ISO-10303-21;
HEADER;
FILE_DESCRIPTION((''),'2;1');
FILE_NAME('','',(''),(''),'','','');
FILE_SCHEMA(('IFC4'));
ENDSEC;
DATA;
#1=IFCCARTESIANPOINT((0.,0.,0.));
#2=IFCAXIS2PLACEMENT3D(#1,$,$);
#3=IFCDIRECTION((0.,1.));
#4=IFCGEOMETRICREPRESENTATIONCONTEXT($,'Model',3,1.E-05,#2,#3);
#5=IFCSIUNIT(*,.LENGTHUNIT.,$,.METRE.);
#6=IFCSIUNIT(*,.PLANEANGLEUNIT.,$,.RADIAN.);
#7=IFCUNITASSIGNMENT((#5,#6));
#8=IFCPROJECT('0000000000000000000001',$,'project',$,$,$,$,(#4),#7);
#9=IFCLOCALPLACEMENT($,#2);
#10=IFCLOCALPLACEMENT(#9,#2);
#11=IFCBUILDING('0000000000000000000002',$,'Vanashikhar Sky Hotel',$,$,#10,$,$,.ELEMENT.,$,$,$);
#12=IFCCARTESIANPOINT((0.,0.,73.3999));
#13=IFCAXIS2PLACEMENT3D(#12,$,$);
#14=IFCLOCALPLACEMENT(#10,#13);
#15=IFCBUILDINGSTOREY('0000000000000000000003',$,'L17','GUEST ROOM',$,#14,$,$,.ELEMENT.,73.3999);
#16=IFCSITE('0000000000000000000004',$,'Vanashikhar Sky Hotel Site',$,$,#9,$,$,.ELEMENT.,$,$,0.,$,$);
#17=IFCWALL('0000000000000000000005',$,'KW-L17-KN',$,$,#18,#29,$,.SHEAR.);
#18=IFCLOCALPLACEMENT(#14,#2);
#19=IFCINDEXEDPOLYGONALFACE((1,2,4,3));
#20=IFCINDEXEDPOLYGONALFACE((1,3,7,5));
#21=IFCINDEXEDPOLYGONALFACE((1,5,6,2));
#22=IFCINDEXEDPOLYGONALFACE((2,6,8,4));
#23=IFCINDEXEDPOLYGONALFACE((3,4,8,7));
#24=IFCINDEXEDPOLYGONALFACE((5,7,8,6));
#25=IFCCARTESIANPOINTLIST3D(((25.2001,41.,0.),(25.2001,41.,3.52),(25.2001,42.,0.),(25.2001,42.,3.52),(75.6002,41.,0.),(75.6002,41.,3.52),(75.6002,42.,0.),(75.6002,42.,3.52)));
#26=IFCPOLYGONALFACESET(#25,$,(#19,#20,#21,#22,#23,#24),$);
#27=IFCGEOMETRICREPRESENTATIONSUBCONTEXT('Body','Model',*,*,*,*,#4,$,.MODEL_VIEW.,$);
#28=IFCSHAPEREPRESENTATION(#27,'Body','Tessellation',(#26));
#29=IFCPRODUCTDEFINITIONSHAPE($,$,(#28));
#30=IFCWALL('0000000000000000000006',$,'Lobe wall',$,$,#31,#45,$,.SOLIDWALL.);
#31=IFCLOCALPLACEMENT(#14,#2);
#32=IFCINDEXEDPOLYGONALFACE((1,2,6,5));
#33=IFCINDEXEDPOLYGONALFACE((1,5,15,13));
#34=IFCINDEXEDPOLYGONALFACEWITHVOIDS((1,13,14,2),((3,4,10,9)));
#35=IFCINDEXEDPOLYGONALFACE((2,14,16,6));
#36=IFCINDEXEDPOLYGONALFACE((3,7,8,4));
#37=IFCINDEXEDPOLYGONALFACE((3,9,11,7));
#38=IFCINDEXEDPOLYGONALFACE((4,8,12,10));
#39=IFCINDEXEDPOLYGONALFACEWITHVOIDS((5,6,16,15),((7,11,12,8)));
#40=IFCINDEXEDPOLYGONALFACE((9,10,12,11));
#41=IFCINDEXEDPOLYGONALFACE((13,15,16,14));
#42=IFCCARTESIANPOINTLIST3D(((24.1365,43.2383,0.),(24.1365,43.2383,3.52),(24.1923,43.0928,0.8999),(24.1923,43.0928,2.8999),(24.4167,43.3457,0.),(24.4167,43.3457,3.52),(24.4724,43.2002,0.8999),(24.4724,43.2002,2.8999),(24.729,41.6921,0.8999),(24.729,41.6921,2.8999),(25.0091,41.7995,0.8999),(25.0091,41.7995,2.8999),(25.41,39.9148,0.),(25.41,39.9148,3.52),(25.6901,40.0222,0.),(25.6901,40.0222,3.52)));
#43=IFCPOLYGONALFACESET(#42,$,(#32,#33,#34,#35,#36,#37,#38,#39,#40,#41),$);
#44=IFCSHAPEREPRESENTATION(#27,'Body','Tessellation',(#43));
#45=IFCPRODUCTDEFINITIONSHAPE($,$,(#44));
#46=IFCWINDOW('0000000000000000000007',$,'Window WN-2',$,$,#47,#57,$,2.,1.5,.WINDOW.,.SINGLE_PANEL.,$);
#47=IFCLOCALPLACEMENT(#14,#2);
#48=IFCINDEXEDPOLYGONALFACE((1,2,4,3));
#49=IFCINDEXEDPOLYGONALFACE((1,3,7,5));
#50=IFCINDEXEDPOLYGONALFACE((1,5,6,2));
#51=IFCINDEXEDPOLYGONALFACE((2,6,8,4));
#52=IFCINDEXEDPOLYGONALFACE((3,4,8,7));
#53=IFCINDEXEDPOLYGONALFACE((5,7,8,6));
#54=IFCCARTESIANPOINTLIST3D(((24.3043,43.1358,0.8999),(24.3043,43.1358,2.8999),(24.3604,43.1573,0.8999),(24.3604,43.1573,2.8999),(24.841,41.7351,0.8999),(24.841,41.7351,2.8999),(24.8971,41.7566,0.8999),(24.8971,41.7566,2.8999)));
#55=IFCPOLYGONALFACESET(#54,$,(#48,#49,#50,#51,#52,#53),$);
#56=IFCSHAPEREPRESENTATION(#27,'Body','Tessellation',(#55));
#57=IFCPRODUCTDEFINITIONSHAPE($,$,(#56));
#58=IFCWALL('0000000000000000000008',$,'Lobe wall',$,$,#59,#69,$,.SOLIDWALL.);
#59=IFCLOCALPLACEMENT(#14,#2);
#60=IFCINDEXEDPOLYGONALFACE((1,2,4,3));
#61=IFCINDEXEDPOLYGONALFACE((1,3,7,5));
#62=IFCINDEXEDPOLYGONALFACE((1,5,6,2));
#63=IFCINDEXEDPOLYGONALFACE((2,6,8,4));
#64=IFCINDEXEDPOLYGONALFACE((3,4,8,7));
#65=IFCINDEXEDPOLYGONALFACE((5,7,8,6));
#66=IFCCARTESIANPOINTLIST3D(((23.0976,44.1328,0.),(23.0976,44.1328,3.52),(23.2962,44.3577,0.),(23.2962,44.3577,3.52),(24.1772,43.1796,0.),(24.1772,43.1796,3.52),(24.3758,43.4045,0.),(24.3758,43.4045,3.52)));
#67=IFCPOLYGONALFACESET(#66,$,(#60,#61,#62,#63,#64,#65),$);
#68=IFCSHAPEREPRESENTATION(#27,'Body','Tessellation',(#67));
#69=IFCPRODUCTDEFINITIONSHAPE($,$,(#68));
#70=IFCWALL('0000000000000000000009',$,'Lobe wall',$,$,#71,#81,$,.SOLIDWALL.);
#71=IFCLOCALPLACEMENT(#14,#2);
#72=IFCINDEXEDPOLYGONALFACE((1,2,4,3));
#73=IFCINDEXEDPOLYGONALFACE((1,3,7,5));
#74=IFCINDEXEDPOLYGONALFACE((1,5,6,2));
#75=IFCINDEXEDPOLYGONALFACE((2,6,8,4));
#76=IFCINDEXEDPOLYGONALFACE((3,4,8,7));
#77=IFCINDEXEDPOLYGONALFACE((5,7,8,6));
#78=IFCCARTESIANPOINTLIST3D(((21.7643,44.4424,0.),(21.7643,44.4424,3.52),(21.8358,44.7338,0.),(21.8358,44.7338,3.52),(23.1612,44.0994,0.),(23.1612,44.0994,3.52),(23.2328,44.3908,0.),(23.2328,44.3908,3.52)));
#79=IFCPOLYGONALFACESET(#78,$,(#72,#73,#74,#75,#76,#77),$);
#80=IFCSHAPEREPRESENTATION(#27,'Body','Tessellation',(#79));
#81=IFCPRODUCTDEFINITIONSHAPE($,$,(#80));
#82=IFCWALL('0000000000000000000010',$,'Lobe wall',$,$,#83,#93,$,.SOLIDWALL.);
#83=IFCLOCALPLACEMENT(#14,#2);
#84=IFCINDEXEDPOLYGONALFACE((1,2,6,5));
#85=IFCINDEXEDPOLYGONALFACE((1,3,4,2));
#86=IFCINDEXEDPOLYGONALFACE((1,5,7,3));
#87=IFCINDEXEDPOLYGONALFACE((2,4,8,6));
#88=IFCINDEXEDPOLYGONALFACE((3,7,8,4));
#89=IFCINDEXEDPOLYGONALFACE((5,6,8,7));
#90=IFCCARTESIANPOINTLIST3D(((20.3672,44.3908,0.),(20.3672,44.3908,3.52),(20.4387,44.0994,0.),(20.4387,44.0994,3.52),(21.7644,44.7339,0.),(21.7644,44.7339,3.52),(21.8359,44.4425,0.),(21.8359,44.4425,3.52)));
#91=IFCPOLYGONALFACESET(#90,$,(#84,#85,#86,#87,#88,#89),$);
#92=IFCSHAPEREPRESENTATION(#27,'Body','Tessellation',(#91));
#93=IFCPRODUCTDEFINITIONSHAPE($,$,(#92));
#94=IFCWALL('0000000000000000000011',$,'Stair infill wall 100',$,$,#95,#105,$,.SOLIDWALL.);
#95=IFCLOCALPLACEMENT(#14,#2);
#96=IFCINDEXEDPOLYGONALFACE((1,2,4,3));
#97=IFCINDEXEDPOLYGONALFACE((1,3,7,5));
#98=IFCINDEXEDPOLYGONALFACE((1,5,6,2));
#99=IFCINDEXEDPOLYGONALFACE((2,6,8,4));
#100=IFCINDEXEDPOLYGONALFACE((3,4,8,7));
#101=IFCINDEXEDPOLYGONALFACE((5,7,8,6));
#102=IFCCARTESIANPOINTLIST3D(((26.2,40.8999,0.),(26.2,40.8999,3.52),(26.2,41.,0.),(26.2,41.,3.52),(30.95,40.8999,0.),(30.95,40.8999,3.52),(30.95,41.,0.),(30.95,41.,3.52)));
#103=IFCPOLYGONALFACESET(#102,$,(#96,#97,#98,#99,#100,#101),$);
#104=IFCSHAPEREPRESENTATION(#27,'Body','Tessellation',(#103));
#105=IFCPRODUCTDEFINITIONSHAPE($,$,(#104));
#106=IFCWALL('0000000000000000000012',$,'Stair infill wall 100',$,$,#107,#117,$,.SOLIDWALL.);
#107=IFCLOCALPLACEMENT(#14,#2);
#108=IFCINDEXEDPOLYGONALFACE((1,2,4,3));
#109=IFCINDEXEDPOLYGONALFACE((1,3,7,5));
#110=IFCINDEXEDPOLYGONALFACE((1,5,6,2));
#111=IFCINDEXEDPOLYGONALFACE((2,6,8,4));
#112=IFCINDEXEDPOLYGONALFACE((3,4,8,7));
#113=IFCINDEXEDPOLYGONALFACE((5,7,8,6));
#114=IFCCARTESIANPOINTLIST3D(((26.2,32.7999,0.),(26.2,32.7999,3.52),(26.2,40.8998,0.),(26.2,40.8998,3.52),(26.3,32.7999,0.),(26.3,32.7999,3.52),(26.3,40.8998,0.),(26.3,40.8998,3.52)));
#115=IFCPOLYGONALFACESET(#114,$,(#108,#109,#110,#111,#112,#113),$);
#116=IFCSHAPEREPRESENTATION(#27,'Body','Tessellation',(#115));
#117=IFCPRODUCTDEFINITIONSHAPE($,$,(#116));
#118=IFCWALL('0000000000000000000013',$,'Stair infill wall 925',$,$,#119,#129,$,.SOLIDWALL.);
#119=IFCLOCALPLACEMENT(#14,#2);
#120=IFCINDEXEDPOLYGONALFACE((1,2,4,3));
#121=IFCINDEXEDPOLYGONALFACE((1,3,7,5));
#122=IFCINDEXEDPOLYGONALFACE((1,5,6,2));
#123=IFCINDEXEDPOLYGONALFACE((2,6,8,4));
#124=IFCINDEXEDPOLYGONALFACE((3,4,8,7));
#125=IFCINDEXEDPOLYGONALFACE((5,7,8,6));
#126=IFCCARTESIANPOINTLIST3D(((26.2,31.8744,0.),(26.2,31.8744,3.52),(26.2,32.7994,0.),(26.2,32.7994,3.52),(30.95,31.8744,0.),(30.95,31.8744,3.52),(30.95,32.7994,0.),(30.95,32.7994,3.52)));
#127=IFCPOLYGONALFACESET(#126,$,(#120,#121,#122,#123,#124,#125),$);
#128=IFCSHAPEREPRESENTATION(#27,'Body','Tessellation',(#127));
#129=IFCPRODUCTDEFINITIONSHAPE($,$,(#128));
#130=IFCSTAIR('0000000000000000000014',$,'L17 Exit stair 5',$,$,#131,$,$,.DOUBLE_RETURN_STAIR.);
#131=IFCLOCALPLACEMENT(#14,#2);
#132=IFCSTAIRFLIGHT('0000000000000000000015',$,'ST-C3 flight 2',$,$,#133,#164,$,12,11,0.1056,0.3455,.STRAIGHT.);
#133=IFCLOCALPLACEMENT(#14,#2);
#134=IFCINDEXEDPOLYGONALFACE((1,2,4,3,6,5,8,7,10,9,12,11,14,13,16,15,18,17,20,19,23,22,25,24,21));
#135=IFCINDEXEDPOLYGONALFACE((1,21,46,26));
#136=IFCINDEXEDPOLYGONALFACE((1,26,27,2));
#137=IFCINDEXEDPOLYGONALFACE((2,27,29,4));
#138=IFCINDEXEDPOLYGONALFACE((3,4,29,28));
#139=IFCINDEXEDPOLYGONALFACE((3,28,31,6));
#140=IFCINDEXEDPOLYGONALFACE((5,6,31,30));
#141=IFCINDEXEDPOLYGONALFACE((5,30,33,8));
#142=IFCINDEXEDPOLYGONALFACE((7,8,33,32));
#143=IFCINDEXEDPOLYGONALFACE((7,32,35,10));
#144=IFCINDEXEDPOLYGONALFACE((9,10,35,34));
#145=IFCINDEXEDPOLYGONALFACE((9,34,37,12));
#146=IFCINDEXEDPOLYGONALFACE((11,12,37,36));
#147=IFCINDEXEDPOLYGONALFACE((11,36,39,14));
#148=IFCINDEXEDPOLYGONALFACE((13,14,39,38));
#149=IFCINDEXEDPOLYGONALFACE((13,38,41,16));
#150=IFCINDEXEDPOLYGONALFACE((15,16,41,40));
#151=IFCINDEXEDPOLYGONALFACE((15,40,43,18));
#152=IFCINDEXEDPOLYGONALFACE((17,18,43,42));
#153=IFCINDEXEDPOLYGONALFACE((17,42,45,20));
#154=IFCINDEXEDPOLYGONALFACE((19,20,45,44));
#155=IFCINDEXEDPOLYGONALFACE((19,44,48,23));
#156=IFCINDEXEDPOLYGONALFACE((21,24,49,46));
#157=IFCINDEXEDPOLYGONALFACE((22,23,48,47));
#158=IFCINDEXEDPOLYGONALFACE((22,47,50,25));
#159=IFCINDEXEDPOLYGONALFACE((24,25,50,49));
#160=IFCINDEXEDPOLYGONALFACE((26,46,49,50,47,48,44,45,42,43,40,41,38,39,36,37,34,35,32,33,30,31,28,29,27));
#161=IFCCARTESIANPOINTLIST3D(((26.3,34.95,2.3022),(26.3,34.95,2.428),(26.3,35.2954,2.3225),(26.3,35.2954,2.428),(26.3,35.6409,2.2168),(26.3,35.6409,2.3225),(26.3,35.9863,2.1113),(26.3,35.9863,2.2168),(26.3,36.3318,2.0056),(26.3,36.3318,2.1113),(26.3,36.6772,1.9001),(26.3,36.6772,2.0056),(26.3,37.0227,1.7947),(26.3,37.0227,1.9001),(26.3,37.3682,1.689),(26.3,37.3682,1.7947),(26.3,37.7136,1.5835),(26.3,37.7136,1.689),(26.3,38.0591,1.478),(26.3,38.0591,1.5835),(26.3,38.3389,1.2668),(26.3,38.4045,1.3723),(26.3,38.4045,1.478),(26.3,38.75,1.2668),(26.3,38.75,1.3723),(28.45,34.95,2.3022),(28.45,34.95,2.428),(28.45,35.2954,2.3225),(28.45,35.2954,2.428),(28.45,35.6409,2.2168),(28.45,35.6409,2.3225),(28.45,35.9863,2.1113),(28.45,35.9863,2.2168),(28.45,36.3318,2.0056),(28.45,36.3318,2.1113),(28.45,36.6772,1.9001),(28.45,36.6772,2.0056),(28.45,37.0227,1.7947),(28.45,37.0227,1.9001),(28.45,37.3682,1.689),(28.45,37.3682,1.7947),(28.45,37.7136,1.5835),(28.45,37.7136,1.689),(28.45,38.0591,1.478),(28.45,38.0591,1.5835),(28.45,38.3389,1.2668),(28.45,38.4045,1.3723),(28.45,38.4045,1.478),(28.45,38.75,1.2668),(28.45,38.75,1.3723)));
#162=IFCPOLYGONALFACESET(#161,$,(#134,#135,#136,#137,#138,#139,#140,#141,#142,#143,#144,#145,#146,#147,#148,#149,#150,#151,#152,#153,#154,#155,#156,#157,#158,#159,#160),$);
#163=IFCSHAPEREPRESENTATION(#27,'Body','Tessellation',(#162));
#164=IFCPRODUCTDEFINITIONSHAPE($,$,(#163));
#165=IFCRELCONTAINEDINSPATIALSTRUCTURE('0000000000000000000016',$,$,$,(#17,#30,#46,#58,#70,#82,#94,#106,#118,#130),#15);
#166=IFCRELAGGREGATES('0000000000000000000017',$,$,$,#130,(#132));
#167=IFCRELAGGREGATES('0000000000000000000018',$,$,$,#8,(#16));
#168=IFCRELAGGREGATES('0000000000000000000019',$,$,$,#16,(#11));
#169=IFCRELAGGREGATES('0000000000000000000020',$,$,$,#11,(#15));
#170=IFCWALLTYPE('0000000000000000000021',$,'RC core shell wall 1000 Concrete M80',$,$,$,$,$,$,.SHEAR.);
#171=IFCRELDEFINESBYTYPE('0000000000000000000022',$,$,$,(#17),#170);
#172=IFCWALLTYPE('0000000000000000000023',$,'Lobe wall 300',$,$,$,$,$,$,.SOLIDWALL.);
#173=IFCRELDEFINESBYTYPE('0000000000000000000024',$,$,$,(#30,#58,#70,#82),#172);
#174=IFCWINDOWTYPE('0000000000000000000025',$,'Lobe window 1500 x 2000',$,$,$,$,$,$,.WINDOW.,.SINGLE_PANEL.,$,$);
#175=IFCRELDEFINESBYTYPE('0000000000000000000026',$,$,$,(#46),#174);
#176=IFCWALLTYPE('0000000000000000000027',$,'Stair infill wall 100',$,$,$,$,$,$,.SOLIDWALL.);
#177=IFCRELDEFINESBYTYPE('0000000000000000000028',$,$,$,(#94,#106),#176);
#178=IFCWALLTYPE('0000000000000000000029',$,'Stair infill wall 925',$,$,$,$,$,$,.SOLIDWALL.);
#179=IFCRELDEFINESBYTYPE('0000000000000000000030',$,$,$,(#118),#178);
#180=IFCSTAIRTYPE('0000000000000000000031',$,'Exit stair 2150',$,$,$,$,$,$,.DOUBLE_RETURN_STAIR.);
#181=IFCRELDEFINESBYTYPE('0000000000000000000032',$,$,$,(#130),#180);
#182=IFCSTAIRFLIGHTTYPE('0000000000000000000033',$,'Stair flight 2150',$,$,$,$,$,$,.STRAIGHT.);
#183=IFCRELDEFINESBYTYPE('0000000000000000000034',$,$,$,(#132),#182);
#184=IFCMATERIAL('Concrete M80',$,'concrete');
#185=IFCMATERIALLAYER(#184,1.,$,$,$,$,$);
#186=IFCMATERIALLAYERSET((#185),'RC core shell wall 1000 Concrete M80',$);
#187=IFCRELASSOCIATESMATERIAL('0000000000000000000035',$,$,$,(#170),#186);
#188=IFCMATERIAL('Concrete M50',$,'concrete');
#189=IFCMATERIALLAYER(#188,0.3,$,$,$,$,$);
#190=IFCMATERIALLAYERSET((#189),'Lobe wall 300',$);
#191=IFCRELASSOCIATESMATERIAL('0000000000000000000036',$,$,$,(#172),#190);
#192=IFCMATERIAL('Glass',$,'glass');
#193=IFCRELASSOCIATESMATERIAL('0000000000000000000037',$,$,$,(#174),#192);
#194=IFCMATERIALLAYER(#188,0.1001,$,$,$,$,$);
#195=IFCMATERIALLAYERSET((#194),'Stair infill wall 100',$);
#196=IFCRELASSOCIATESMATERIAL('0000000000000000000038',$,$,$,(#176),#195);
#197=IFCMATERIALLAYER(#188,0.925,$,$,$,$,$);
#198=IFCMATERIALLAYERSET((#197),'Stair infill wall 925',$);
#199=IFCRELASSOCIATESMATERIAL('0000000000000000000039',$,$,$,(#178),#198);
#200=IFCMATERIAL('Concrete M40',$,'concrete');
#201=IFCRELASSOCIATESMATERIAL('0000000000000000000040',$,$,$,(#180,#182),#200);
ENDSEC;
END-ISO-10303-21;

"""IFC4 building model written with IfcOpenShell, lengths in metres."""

from ifc_helpers import new_model, si_unit, direction, frame, frame_2d, origin, place, context, subcontext, project, spatial, polyline, rectangle, outline, extrude, source, transform, mapped, material, layer, layer_set, type_object, element, fill, aggregate, save


model = new_model("IFC4")

# Units and contexts
model_context = context("Model", 3, precision=1e-05, world=origin(), true_north=direction((0.0, 1.0)))
body_context = subcontext(model_context, "Body", "Model", "MODEL_VIEW")
ifc_project = project(units=[si_unit("LENGTHUNIT", "METRE"), si_unit("PLANEANGLEUNIT", "RADIAN")], contexts=[model_context])

# Site, building, storey
site_placement = place(None, origin())
site = spatial("IfcSite", under=ifc_project, at=site_placement, Name="Vanashikhar Sky Hotel Site", CompositionType="ELEMENT", RefElevation=0.0)
building_placement = place(site_placement, origin())
building = spatial("IfcBuilding", under=site, at=building_placement, Name="Vanashikhar Sky Hotel", CompositionType="ELEMENT")
storey_placement = place(building_placement, frame((0.0, 0.0, 73.3999)))
storey = spatial("IfcBuildingStorey", under=building, at=storey_placement, Name="L17", Description="GUEST ROOM", CompositionType="ELEMENT", Elevation=73.3999)

# Wall
ifc_material_1 = material(Name="Concrete M80", Category="concrete")
ifc_layer_1 = layer(ifc_material_1, 1.0)
ifc_layer_set_1 = layer_set([ifc_layer_1], Name="RC core shell wall 1000 Concrete M80")
wall_type_1 = type_object("IfcWallType", Name="RC core shell wall 1000 Concrete M80", PredefinedType="SHEAR", material=ifc_layer_set_1)
shared_shape_1 = source(origin(), body_context, "Body", "SweptSolid", [
    extrude(rectangle(XDim=50.4001, YDim=1.0, at=frame_2d((25.2002, 0.0))), origin(), (0.0, 0.0, 1.0), 3.52),
])
wall_1_placement = place(storey_placement, frame((25.2, 41.5, 0.0), z_axis=(0.0, 0.0, 1.0), x_axis=(1.0, 0.0, 0.0)))
element("IfcWall", 1, at=wall_1_placement, inside=storey, type_object=wall_type_1, Name="KW-L17-KN", PredefinedType="SHEAR", context=body_context, shape_type="MappedRepresentation", body=[
    mapped(shared_shape_1, transform((0.0, 0.0, 0.0), scale=1.0)),
])

# Wall, opening, window
ifc_material_2 = material(Name="Concrete M50", Category="concrete")
ifc_layer_2 = layer(ifc_material_2, 0.3)
ifc_layer_set_2 = layer_set([ifc_layer_2], Name="Lobe wall 300")
wall_type_2 = type_object("IfcWallType", Name="Lobe wall 300", PredefinedType="SOLIDWALL", material=ifc_layer_set_2)
shared_shape_2 = source(origin(), body_context, "Body", "SweptSolid", [
    extrude(rectangle(XDim=3.5591, YDim=0.3, at=frame_2d((1.7795, 0.0))), origin(), (0.0, 0.0, 1.0), 3.52),
])
wall_2_placement = place(storey_placement, frame((25.55, 39.9685, 0.0), z_axis=(0.0, 0.0, 1.0), x_axis=(-0.357797, 0.933799, 0.0)))
wall_2 = element("IfcWall", 2, at=wall_2_placement, inside=storey, type_object=wall_type_2, Name="Lobe wall", PredefinedType="SOLIDWALL", context=body_context, shape_type="MappedRepresentation", body=[
    mapped(shared_shape_2, transform((0.0, 0.0, 0.0), scale=1.0)),
])
shared_shape_3 = source(origin(), body_context, "Body", "SweptSolid", [
    extrude(rectangle(XDim=1.5, YDim=2.0, at=frame_2d((0.75, 1.0))), frame((0.0, 0.1602, 0.0), z_axis=(0.0, -1.0, 0.0), x_axis=(1.0, 0.0, 0.0)), (0.0, 0.0, 1.0), 0.3201),
])
opening_placement = place(wall_2_placement, frame((1.9033, 0.0, 0.8999)))
opening = element("IfcOpeningElement", 3, at=opening_placement, cuts=wall_2, PredefinedType="OPENING", context=body_context, shape_type="MappedRepresentation", body=[
    mapped(shared_shape_3, transform((0.0, 0.0, 0.0), scale=1.0)),
])
ifc_material_3 = material(Name="Glass", Category="glass")
window_type = type_object("IfcWindowType", Name="Lobe window 1500 x 2000", PartitioningType="SINGLE_PANEL", PredefinedType="WINDOW", material=ifc_material_3)
shared_shape_4 = source(origin(), body_context, "Body", "SweptSolid", [
    extrude(rectangle(XDim=1.5, YDim=2.0, at=frame_2d((0.75, 1.0))), frame((0.0, 0.03, 0.0), z_axis=(0.0, -1.0, 0.0), x_axis=(1.0, 0.0, 0.0)), (0.0, 0.0, 1.0), 0.0601),
])
window_placement = place(opening_placement, origin())
window = element("IfcWindow", 4, at=window_placement, inside=storey, type_object=window_type, Name="Window WN-2", OverallHeight=2.0, OverallWidth=1.5, PartitioningType="SINGLE_PANEL", PredefinedType="WINDOW", context=body_context, shape_type="MappedRepresentation", body=[
    mapped(shared_shape_4, transform((0.0, 0.0, 0.0), scale=1.0)),
])
fill(opening, window)

# Walls
shared_shape_5 = source(origin(), body_context, "Body", "SweptSolid", [
    extrude(rectangle(XDim=1.4402, YDim=0.3, at=frame_2d((0.7202, 0.0))), origin(), (0.0, 0.0, 1.0), 3.52),
])
wall_3_placement = place(storey_placement, frame((24.2766, 43.292, 0.0), z_axis=(0.0, 0.0, 1.0), x_axis=(-0.74965, 0.661835, 0.0)))
element("IfcWall", 5, at=wall_3_placement, inside=storey, type_object=wall_type_2, Name="Lobe wall", PredefinedType="SOLIDWALL", context=body_context, shape_type="MappedRepresentation", body=[
    mapped(shared_shape_5, transform((0.0, 0.0, 0.0), scale=1.0)),
])
shared_shape_6 = source(origin(), body_context, "Body", "SweptSolid", [
    extrude(rectangle(XDim=1.4385, YDim=0.3, at=frame_2d((0.7192, 0.0))), origin(), (0.0, 0.0, 1.0), 3.52),
])
wall_4_placement = place(storey_placement, frame((23.197, 44.2451, 0.0), z_axis=(0.0, 0.0, 1.0), x_axis=(-0.971152, 0.23846, 0.0)))
element("IfcWall", 6, at=wall_4_placement, inside=storey, type_object=wall_type_2, Name="Lobe wall", PredefinedType="SOLIDWALL", context=body_context, shape_type="MappedRepresentation", body=[
    mapped(shared_shape_6, transform((0.0, 0.0, 0.0), scale=1.0)),
])
shared_shape_7 = source(origin(), body_context, "Body", "SweptSolid", [
    extrude(rectangle(XDim=1.4387, YDim=0.3, at=frame_2d((0.7192, 0.0))), origin(), (0.0, 0.0, 1.0), 3.52),
])
wall_5_placement = place(storey_placement, frame((21.8, 44.5881, 0.0), z_axis=(0.0, 0.0, 1.0), x_axis=(-0.971162, -0.238421, 0.0)))
element("IfcWall", 7, at=wall_5_placement, inside=storey, type_object=wall_type_2, Name="Lobe wall", PredefinedType="SOLIDWALL", context=body_context, shape_type="MappedRepresentation", body=[
    mapped(shared_shape_7, transform((0.0, 0.0, 0.0), scale=1.0)),
])
ifc_layer_3 = layer(ifc_material_2, 0.1001)
ifc_layer_set_3 = layer_set([ifc_layer_3], Name="Stair infill wall 100")
wall_type_3 = type_object("IfcWallType", Name="Stair infill wall 100", PredefinedType="SOLIDWALL", material=ifc_layer_set_3)
shared_shape_8 = source(origin(), body_context, "Body", "SweptSolid", [
    extrude(rectangle(XDim=4.75, YDim=0.1001, at=frame_2d((2.375, 0.0))), origin(), (0.0, 0.0, 1.0), 3.52),
])
wall_6_placement = place(storey_placement, frame((26.2, 40.95, 0.0), z_axis=(0.0, 0.0, 1.0), x_axis=(1.0, 0.0, 0.0)))
element("IfcWall", 8, at=wall_6_placement, inside=storey, type_object=wall_type_3, Name="Stair infill wall 100", PredefinedType="SOLIDWALL", context=body_context, shape_type="MappedRepresentation", body=[
    mapped(shared_shape_8, transform((0.0, 0.0, 0.0), scale=1.0)),
])
shared_shape_9 = source(origin(), body_context, "Body", "SweptSolid", [
    extrude(rectangle(XDim=8.0999, YDim=0.1001, at=frame_2d((4.0498, 0.0))), origin(), (0.0, 0.0, 1.0), 3.52),
])
wall_7_placement = place(storey_placement, frame((26.25, 32.8, 0.0), z_axis=(0.0, 0.0, 1.0), x_axis=(0.0, 1.0, 0.0)))
element("IfcWall", 9, at=wall_7_placement, inside=storey, type_object=wall_type_3, Name="Stair infill wall 100", PredefinedType="SOLIDWALL", context=body_context, shape_type="MappedRepresentation", body=[
    mapped(shared_shape_9, transform((0.0, 0.0, 0.0), scale=1.0)),
])
ifc_layer_4 = layer(ifc_material_2, 0.925)
ifc_layer_set_4 = layer_set([ifc_layer_4], Name="Stair infill wall 925")
wall_type_4 = type_object("IfcWallType", Name="Stair infill wall 925", PredefinedType="SOLIDWALL", material=ifc_layer_set_4)
shared_shape_10 = source(origin(), body_context, "Body", "SweptSolid", [
    extrude(rectangle(XDim=4.75, YDim=0.925, at=frame_2d((2.375, 0.0))), origin(), (0.0, 0.0, 1.0), 3.52),
])
wall_8_placement = place(storey_placement, frame((26.2, 32.3369, 0.0), z_axis=(0.0, 0.0, 1.0), x_axis=(1.0, 0.0, 0.0)))
element("IfcWall", 10, at=wall_8_placement, inside=storey, type_object=wall_type_4, Name="Stair infill wall 925", PredefinedType="SOLIDWALL", context=body_context, shape_type="MappedRepresentation", body=[
    mapped(shared_shape_10, transform((0.0, 0.0, 0.0), scale=1.0)),
])

# Stair, stair flight
ifc_material_4 = material(Name="Concrete M40", Category="concrete")
stair_type = type_object("IfcStairType", Name="Exit stair 2150", PredefinedType="DOUBLE_RETURN_STAIR", material=ifc_material_4)
stair_placement = place(storey_placement, origin())
stair = element("IfcStair", 11, at=stair_placement, inside=storey, type_object=stair_type, Name="L17 Exit stair 5", PredefinedType="DOUBLE_RETURN_STAIR")
stair_flight_type = type_object("IfcStairFlightType", Name="Stair flight 2150", PredefinedType="STRAIGHT", material=ifc_material_4)
shared_shape_11 = source(origin(), body_context, "Body", "SweptSolid", [
    extrude(outline(polyline([(0.0, 0.0), (0.0, 0.1055), (0.3455, 0.1055), (0.3455, 0.2112), (0.6909, 0.2112), (0.6909, 0.3167), (1.0364, 0.3167), (1.0364, 0.4221), (1.3818, 0.4221), (1.3818, 0.5278), (1.7273, 0.5278), (1.7273, 0.6333), (2.0728, 0.6333), (2.0728, 0.7388), (2.4182, 0.7388), (2.4182, 0.8445), (2.7637, 0.8445), (2.7637, 0.95), (3.1091, 0.95), (3.1091, 1.0557), (3.4546, 1.0557), (3.4546, 1.1611), (3.8, 1.1611), (3.8, 1.2666), (3.8, 1.0354), (0.4111, 0.0), (0.0, 0.0)])), frame((0.0, 1.075, 0.0), z_axis=(0.0, -1.0, 0.0), x_axis=(1.0, 0.0, 0.0)), (0.0, 0.0, 1.0), 2.1499),
])
stair_flight_placement = place(storey_placement, frame((27.375, 38.75, 1.2668), z_axis=(0.0, 0.0, 1.0), x_axis=(0.0, -1.0, 0.0)))
stair_flight = element("IfcStairFlight", 12, at=stair_flight_placement, type_object=stair_flight_type, Name="ST-C3 flight 2", NumberOfRisers=12, NumberOfTreads=11, PredefinedType="STRAIGHT", RiserHeight=0.1056, TreadLength=0.3455, context=body_context, shape_type="MappedRepresentation", body=[
    mapped(shared_shape_11, transform((0.0, 0.0, 0.0), scale=1.0)),
])
aggregate(stair, [stair_flight])

save(model, "model.ifc")
